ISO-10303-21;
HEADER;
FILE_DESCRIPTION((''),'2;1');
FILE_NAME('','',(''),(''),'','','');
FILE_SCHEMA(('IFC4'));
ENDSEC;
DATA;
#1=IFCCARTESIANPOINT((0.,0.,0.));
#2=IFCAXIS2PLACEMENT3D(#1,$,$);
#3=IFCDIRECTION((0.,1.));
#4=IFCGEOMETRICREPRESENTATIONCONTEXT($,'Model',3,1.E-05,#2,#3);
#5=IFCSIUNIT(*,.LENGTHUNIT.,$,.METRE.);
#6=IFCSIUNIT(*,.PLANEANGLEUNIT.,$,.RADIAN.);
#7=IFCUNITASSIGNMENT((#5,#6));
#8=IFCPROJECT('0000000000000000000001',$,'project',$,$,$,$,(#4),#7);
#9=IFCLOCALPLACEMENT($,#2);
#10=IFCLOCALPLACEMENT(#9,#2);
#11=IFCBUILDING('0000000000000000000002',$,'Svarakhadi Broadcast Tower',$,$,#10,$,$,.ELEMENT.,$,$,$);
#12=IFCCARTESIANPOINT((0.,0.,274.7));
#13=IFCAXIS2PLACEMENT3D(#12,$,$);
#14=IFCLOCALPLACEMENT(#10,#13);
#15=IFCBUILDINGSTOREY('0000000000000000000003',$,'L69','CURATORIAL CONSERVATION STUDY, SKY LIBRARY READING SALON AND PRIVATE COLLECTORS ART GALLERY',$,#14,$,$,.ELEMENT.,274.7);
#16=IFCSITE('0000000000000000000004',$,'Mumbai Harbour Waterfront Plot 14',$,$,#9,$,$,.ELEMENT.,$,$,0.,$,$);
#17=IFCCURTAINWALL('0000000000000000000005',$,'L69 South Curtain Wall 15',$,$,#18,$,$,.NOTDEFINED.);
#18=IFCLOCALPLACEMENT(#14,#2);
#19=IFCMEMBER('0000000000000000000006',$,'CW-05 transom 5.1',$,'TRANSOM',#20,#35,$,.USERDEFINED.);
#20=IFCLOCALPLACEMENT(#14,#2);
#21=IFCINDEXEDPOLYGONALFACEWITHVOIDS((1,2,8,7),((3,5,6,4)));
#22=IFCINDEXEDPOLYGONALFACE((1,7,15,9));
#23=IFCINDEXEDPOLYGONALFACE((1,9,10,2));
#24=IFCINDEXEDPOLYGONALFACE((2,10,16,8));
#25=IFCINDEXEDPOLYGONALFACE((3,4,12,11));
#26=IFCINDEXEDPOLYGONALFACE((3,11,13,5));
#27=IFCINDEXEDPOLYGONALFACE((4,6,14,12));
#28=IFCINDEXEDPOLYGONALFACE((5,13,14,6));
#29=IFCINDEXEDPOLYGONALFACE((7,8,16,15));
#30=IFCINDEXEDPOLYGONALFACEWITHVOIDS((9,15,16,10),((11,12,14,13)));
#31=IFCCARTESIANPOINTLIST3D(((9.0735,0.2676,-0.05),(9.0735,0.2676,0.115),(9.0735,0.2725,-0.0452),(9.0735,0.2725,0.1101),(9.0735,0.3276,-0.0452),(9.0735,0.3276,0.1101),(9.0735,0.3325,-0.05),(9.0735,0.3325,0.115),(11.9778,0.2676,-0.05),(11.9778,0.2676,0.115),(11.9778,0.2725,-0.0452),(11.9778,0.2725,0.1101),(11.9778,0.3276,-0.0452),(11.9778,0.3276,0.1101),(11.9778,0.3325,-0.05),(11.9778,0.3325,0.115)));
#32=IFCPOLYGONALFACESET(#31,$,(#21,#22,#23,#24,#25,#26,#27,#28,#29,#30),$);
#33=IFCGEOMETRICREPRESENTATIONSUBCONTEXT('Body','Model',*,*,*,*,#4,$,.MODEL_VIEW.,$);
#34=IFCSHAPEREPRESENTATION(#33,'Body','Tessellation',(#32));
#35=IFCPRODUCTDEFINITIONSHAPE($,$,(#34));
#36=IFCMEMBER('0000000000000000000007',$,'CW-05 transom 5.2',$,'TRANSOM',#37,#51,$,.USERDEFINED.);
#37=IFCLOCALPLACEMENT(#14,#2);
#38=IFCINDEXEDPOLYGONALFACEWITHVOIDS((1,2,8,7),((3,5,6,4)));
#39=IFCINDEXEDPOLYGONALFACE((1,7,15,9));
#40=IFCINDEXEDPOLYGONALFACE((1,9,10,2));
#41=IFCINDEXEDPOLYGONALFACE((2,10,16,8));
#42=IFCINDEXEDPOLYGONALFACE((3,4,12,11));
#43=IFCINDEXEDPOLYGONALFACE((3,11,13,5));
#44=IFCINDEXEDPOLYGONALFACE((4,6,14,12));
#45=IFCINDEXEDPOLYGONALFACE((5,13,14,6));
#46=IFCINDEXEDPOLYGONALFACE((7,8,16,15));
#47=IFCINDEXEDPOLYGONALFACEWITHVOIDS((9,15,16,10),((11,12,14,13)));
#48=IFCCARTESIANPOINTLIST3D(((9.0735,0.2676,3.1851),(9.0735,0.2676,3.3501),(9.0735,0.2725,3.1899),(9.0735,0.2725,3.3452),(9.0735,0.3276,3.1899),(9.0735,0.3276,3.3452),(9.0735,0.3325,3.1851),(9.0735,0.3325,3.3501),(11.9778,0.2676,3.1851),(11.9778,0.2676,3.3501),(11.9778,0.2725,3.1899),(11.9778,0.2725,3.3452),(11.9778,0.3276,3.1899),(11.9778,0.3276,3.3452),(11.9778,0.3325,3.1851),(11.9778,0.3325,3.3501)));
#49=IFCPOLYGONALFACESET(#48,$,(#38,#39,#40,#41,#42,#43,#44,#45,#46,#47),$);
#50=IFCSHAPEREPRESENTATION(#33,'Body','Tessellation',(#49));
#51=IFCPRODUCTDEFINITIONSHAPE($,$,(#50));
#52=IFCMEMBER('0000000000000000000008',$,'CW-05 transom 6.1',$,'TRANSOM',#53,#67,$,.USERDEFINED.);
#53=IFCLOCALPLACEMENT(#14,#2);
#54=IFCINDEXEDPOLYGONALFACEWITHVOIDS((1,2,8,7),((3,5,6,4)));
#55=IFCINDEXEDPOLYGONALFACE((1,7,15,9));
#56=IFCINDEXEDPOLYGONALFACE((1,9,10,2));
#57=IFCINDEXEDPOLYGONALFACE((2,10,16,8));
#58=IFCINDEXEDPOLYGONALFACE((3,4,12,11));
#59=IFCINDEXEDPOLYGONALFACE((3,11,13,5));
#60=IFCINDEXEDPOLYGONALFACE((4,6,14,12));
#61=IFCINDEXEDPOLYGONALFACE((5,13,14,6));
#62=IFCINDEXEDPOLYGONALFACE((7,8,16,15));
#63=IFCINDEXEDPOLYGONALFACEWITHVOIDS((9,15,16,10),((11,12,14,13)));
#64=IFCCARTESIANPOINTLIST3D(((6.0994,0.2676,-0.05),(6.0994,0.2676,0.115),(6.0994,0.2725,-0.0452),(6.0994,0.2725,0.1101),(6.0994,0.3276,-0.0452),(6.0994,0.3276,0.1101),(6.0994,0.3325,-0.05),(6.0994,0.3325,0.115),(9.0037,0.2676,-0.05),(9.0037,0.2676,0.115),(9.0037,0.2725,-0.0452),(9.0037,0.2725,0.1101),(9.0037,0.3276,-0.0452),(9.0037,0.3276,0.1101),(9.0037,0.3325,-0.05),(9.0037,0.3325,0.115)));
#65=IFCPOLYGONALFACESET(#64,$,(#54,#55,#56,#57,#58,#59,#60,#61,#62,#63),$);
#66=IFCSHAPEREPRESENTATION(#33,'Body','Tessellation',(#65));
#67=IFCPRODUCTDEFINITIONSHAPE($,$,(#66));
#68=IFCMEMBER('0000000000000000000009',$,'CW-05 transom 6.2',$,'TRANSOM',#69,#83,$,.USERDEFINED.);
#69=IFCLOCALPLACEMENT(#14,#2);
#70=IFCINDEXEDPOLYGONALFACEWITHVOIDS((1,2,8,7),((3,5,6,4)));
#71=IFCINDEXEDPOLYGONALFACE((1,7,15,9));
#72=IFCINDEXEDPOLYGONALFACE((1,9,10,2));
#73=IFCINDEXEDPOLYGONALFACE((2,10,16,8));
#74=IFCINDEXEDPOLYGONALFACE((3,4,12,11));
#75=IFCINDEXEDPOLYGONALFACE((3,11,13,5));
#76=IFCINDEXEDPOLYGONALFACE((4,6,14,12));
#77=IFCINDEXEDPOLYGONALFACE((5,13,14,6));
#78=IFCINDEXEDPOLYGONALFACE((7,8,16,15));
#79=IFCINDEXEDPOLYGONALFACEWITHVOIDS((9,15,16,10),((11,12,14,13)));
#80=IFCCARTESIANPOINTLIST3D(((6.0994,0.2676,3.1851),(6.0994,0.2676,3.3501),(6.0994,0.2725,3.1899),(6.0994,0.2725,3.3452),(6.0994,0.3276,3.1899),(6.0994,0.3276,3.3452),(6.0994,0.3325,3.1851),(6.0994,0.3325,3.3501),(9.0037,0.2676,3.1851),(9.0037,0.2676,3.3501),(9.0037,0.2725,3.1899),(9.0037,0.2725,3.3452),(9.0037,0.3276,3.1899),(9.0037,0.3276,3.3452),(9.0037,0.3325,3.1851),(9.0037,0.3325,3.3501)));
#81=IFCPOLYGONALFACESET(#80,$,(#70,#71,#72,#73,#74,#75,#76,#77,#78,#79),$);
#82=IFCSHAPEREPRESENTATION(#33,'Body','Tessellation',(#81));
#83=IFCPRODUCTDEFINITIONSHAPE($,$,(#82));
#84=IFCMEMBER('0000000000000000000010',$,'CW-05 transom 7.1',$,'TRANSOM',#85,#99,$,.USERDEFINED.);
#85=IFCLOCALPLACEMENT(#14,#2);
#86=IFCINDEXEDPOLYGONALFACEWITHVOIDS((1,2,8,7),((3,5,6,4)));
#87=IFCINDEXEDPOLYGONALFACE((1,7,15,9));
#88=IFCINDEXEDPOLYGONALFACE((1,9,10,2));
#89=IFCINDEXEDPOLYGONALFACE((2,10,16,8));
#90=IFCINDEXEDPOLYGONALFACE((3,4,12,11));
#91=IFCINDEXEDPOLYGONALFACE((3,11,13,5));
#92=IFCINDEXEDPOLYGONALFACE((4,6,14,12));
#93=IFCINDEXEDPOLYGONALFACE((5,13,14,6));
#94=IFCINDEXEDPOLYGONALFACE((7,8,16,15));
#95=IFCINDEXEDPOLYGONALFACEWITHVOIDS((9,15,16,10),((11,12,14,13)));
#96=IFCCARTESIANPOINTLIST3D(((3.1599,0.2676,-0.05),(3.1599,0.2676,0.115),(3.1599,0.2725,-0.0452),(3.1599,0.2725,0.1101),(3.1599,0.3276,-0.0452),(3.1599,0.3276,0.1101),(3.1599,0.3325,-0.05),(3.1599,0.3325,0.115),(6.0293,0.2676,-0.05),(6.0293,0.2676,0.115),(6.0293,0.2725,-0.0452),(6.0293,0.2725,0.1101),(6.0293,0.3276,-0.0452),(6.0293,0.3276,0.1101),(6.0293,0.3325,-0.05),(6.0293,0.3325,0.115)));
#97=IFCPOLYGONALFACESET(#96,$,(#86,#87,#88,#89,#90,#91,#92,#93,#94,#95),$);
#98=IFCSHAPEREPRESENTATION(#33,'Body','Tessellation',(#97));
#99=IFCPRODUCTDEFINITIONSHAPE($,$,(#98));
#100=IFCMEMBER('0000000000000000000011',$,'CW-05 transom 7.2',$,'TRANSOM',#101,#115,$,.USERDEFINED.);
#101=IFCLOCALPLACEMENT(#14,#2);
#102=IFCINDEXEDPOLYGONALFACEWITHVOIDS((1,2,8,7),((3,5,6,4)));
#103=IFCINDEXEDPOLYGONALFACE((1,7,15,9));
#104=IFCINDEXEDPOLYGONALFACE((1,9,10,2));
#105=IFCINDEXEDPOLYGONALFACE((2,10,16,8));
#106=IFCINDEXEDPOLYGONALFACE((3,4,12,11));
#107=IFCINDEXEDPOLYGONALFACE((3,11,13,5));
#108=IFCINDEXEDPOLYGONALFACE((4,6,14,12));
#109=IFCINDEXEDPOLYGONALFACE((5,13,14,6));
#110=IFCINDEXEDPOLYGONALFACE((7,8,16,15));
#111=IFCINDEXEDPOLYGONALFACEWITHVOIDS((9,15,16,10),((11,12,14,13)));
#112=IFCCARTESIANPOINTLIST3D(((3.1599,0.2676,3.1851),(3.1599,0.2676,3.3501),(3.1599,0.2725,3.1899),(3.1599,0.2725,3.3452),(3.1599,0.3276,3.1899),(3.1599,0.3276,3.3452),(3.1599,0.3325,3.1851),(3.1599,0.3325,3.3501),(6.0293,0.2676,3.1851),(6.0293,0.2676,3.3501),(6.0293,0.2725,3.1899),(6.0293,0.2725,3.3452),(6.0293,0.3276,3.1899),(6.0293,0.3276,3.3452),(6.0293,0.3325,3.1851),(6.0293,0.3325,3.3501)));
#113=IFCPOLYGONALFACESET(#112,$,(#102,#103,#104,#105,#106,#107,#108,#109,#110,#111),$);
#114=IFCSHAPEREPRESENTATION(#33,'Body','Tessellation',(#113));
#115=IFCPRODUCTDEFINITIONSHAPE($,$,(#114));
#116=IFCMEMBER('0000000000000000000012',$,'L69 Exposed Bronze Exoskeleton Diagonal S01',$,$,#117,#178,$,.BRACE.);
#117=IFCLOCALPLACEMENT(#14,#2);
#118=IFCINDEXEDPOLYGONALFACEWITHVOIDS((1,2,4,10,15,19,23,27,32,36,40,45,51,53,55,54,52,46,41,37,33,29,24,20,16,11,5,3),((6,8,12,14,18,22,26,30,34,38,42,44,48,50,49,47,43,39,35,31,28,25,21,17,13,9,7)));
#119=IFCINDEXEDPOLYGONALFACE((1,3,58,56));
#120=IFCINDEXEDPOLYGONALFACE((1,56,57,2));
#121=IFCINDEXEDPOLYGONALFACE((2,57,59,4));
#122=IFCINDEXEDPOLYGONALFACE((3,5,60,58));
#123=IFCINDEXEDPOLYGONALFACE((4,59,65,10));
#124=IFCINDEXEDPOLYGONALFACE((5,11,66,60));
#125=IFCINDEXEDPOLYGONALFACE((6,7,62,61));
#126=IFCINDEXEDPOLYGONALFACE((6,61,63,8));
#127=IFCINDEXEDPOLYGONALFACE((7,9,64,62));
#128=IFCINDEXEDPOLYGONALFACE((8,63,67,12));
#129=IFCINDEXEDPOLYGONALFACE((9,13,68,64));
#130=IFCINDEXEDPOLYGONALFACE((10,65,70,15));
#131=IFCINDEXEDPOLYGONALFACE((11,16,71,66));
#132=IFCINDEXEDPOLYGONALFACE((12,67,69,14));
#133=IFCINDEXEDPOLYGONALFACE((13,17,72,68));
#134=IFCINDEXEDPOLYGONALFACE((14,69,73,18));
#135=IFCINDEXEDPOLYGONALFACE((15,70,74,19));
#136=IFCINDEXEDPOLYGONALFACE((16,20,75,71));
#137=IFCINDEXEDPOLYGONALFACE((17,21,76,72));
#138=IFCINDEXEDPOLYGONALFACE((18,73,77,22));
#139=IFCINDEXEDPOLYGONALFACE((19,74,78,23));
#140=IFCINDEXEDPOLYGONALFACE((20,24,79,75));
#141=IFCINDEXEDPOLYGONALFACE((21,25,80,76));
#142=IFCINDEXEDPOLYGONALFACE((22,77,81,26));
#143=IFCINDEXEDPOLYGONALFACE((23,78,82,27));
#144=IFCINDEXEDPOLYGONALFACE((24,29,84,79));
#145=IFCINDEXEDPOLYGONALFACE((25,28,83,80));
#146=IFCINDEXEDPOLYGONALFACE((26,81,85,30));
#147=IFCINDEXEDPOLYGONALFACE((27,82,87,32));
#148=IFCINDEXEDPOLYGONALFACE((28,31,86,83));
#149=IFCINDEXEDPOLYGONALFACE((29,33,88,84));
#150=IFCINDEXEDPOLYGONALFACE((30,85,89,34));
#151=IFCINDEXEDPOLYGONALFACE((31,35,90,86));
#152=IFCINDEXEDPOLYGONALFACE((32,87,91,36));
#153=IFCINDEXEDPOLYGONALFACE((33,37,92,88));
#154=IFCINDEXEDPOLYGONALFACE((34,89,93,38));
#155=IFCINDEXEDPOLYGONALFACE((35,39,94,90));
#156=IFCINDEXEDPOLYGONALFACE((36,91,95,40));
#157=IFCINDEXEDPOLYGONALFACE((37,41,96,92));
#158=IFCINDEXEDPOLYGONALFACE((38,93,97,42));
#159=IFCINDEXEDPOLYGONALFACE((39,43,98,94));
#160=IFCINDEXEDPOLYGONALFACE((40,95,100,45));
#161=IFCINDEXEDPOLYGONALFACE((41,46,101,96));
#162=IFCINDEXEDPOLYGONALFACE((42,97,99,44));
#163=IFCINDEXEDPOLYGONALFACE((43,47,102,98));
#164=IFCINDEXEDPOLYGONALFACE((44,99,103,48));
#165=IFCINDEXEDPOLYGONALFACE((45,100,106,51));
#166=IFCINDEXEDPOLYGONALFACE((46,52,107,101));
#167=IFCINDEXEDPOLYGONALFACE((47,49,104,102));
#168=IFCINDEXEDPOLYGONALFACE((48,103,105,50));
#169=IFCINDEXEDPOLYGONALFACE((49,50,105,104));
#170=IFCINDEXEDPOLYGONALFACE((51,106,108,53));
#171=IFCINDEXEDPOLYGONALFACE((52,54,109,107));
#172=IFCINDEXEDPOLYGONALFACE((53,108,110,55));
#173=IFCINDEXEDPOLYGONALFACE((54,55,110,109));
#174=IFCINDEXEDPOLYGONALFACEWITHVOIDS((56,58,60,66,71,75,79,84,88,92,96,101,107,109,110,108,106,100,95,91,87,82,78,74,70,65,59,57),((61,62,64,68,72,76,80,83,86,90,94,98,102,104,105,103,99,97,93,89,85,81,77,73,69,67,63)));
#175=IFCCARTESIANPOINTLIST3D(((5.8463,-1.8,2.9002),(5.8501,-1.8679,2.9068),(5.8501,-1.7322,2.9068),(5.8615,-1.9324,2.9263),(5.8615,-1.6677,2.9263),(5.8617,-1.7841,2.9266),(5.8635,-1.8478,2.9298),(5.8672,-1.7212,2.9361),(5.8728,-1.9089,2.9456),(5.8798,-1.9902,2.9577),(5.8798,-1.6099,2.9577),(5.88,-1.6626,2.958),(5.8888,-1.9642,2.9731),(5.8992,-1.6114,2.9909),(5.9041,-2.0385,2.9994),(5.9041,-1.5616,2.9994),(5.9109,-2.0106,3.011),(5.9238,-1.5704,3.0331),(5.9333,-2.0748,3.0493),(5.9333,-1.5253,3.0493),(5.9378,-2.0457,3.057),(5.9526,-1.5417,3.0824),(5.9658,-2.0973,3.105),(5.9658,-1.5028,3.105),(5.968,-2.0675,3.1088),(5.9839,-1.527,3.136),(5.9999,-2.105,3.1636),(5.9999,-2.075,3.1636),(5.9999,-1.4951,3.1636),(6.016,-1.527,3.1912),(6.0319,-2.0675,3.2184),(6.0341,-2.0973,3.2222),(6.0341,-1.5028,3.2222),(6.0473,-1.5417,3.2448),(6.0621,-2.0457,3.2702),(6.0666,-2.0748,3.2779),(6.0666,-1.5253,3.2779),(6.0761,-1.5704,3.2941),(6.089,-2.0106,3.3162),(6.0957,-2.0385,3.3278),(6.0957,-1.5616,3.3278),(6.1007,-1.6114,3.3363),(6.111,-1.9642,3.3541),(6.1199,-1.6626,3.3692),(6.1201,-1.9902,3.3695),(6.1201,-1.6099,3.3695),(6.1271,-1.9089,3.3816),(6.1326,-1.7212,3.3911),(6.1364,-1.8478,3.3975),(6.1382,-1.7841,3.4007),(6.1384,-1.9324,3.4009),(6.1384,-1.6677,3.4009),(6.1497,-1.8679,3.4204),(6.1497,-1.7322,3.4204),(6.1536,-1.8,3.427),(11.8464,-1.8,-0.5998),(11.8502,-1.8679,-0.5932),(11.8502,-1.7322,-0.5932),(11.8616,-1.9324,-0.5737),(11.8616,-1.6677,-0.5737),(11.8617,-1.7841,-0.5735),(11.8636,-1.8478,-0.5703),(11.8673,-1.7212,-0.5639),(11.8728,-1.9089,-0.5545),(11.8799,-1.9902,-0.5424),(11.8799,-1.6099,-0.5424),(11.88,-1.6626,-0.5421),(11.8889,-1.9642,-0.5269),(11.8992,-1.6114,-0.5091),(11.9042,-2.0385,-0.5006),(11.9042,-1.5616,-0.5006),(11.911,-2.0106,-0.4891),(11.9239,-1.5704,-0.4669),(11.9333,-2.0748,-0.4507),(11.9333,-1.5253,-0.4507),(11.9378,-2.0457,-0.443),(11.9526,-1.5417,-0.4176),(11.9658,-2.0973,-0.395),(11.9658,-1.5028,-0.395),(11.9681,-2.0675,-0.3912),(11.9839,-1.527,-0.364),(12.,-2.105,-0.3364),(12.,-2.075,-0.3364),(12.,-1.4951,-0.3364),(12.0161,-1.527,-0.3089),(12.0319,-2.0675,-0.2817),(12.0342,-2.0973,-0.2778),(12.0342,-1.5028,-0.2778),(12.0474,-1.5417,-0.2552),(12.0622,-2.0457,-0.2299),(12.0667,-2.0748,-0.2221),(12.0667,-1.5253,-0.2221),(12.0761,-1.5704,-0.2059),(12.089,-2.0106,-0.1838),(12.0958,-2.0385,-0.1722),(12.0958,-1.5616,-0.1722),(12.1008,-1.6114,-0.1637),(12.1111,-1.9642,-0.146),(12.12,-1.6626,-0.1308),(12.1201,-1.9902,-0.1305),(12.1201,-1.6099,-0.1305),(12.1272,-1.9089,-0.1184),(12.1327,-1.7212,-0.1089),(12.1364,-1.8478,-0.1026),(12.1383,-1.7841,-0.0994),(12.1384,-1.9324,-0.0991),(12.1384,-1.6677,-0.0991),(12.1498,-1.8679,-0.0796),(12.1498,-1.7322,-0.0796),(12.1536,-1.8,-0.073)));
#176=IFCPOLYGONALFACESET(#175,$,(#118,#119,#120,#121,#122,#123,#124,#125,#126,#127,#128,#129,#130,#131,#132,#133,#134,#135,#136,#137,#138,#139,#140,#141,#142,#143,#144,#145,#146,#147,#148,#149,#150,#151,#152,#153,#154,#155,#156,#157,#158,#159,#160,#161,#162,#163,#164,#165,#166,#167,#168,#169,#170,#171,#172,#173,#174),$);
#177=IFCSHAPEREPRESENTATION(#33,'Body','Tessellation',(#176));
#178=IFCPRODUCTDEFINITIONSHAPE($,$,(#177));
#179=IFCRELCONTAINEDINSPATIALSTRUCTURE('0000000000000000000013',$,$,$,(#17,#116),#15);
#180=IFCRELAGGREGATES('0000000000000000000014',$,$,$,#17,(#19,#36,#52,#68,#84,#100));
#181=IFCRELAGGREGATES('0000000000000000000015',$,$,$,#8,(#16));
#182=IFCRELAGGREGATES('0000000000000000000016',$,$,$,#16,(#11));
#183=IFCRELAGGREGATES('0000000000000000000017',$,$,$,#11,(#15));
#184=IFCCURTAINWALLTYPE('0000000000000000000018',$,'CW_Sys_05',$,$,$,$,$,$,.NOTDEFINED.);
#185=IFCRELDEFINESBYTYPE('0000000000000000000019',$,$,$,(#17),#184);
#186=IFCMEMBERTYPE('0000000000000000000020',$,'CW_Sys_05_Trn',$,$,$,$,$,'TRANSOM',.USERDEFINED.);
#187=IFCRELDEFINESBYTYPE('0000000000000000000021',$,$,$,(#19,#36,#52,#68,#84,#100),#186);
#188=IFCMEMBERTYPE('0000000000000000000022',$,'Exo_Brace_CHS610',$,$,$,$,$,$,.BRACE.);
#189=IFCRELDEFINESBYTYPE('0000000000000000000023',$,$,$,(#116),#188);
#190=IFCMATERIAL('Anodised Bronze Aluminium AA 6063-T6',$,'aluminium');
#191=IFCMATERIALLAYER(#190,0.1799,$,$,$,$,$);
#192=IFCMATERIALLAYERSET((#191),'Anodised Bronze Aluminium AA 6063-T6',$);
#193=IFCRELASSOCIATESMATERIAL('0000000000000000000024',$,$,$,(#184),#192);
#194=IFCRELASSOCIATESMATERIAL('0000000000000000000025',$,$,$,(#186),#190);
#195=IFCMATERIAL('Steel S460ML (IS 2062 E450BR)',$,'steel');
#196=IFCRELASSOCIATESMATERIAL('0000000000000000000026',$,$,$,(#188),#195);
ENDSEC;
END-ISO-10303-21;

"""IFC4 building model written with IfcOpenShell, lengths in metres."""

from ifc_helpers import new_model, si_unit, direction, frame, origin, origin_2d, place, context, subcontext, project, spatial, hollow_rectangle, hollow_circle, extrude, material, layer, layer_set, material_profile, profile_set, type_object, element, aggregate, save


model = new_model("IFC4")

# Units and contexts
model_context = context("Model", 3, precision=1e-05, world=origin(), true_north=direction((0.0, 1.0)))
body_context = subcontext(model_context, "Body", "Model", "MODEL_VIEW")
ifc_project = project(units=[si_unit("LENGTHUNIT", "METRE"), si_unit("PLANEANGLEUNIT", "RADIAN")], contexts=[model_context])

# Site, building, storey
site_placement = place(None, origin())
site = spatial("IfcSite", under=ifc_project, at=site_placement, Name="Mumbai Harbour Waterfront Plot 14", CompositionType="ELEMENT", RefElevation=0.0)
building_placement = place(site_placement, origin())
building = spatial("IfcBuilding", under=site, at=building_placement, Name="Svarakhadi Broadcast Tower", CompositionType="ELEMENT")
storey_placement = place(building_placement, frame((0.0, 0.0, 274.7)))
storey = spatial("IfcBuildingStorey", under=building, at=storey_placement, Name="L69", Description="CURATORIAL CONSERVATION STUDY, SKY LIBRARY READING SALON AND PRIVATE COLLECTORS ART GALLERY", CompositionType="ELEMENT", Elevation=274.7)

# Shared definitions
ifc_material_1 = material(Name="Steel S460ML (IS 2062 E450BR)", Category="steel")

# Curtain wall, members
ifc_material_2 = material(Name="Anodised Bronze Aluminium AA 6063-T6", Category="aluminium")
ifc_layer_1 = layer(ifc_material_2, 0.1799)
ifc_layer_set_1 = layer_set([ifc_layer_1], Name="Anodised Bronze Aluminium AA 6063-T6")
curtain_wall_type = type_object("IfcCurtainWallType", Name="CW_Sys_05", PredefinedType="NOTDEFINED", material=ifc_layer_set_1)
curtain_wall_placement = place(storey_placement, origin())
curtain_wall = element("IfcCurtainWall", 1, at=curtain_wall_placement, inside=storey, type_object=curtain_wall_type, Name="L69 South Curtain Wall 15", PredefinedType="NOTDEFINED")
ifc_material_profile_1 = material_profile(ifc_material_2, hollow_rectangle(XDim=0.0649, YDim=0.165, WallThickness=0.0049, at=origin_2d()), Name="ALU TRANSOM 165x65x5")
ifc_profile_set_1 = profile_set([ifc_material_profile_1], Name="Anodised Bronze Aluminium AA 6063-T6")
member_type_1 = type_object("IfcMemberType", Name="CW_Sys_05_Trn", ElementType="TRANSOM", PredefinedType="USERDEFINED", material=ifc_profile_set_1)
member_1_placement = place(storey_placement, frame((11.9778, 0.3, 0.0325), z_axis=(-1.0, 0.0, 0.0), x_axis=(0.0, -1.0, 0.0)))
member_1 = element("IfcMember", 2, at=member_1_placement, type_object=member_type_1, Name="CW-05 transom 5.1", ObjectType="TRANSOM", PredefinedType="USERDEFINED", context=body_context, shape_type="SweptSolid", body=[
    extrude(hollow_rectangle(XDim=0.0649, YDim=0.165, WallThickness=0.0049, at=origin_2d()), origin(), (0.0, 0.0, 1.0), 2.9043),
])
member_2_placement = place(storey_placement, frame((11.9778, 0.3, 3.2676), z_axis=(-1.0, 0.0, 0.0), x_axis=(0.0, -1.0, 0.0)))
member_2 = element("IfcMember", 3, at=member_2_placement, type_object=member_type_1, Name="CW-05 transom 5.2", ObjectType="TRANSOM", PredefinedType="USERDEFINED", context=body_context, shape_type="SweptSolid", body=[
    extrude(hollow_rectangle(XDim=0.0649, YDim=0.165, WallThickness=0.0049, at=origin_2d()), origin(), (0.0, 0.0, 1.0), 2.9043),
])
member_3_placement = place(storey_placement, frame((9.0037, 0.3, 0.0325), z_axis=(-1.0, 0.0, 0.0), x_axis=(0.0, -1.0, 0.0)))
member_3 = element("IfcMember", 4, at=member_3_placement, type_object=member_type_1, Name="CW-05 transom 6.1", ObjectType="TRANSOM", PredefinedType="USERDEFINED", context=body_context, shape_type="SweptSolid", body=[
    extrude(hollow_rectangle(XDim=0.0649, YDim=0.165, WallThickness=0.0049, at=origin_2d()), origin(), (0.0, 0.0, 1.0), 2.9043),
])
member_4_placement = place(storey_placement, frame((9.0037, 0.3, 3.2676), z_axis=(-1.0, 0.0, 0.0), x_axis=(0.0, -1.0, 0.0)))
member_4 = element("IfcMember", 5, at=member_4_placement, type_object=member_type_1, Name="CW-05 transom 6.2", ObjectType="TRANSOM", PredefinedType="USERDEFINED", context=body_context, shape_type="SweptSolid", body=[
    extrude(hollow_rectangle(XDim=0.0649, YDim=0.165, WallThickness=0.0049, at=origin_2d()), origin(), (0.0, 0.0, 1.0), 2.9043),
])
member_5_placement = place(storey_placement, frame((6.0293, 0.3, 0.0325), z_axis=(-1.0, 0.0, 0.0), x_axis=(0.0, -1.0, 0.0)))
member_5 = element("IfcMember", 6, at=member_5_placement, type_object=member_type_1, Name="CW-05 transom 7.1", ObjectType="TRANSOM", PredefinedType="USERDEFINED", context=body_context, shape_type="SweptSolid", body=[
    extrude(hollow_rectangle(XDim=0.0649, YDim=0.165, WallThickness=0.0049, at=origin_2d()), origin(), (0.0, 0.0, 1.0), 2.8694),
])
member_6_placement = place(storey_placement, frame((6.0293, 0.3, 3.2676), z_axis=(-1.0, 0.0, 0.0), x_axis=(0.0, -1.0, 0.0)))
member_6 = element("IfcMember", 7, at=member_6_placement, type_object=member_type_1, Name="CW-05 transom 7.2", ObjectType="TRANSOM", PredefinedType="USERDEFINED", context=body_context, shape_type="SweptSolid", body=[
    extrude(hollow_rectangle(XDim=0.0649, YDim=0.165, WallThickness=0.0049, at=origin_2d()), origin(), (0.0, 0.0, 1.0), 2.8694),
])

# Member
ifc_material_profile_2 = material_profile(ifc_material_1, hollow_circle(Radius=0.3049, WallThickness=0.03, at=origin_2d()), Name="CHS 610x30")
ifc_profile_set_2 = profile_set([ifc_material_profile_2], Name="Steel S460ML (IS 2062 E450BR)")
member_type_2 = type_object("IfcMemberType", Name="Exo_Brace_CHS610", PredefinedType="BRACE", material=ifc_profile_set_2)
for number, where, z_axis, x_axis, name in (
    (8, (12.0, -1.8, -0.3364), (-0.863779, 0.0, 0.503871), (0.0, -1.0, 0.0), "L69 Exposed Bronze Exoskeleton Diagonal S01"),
):
    element("IfcMember", number, at=place(storey_placement, frame(where, z_axis=z_axis, x_axis=x_axis)), inside=storey, type_object=member_type_2, Name=name, PredefinedType="BRACE", context=body_context, shape_type="SweptSolid", body=[
        extrude(hollow_circle(Radius=0.3049, WallThickness=0.03, at=origin_2d()), origin(), (0.0, 0.0, 1.0), 6.9463),
    ])

aggregate(curtain_wall, [member_1, member_2, member_3, member_4, member_5, member_6])

save(model, "model.ifc")
